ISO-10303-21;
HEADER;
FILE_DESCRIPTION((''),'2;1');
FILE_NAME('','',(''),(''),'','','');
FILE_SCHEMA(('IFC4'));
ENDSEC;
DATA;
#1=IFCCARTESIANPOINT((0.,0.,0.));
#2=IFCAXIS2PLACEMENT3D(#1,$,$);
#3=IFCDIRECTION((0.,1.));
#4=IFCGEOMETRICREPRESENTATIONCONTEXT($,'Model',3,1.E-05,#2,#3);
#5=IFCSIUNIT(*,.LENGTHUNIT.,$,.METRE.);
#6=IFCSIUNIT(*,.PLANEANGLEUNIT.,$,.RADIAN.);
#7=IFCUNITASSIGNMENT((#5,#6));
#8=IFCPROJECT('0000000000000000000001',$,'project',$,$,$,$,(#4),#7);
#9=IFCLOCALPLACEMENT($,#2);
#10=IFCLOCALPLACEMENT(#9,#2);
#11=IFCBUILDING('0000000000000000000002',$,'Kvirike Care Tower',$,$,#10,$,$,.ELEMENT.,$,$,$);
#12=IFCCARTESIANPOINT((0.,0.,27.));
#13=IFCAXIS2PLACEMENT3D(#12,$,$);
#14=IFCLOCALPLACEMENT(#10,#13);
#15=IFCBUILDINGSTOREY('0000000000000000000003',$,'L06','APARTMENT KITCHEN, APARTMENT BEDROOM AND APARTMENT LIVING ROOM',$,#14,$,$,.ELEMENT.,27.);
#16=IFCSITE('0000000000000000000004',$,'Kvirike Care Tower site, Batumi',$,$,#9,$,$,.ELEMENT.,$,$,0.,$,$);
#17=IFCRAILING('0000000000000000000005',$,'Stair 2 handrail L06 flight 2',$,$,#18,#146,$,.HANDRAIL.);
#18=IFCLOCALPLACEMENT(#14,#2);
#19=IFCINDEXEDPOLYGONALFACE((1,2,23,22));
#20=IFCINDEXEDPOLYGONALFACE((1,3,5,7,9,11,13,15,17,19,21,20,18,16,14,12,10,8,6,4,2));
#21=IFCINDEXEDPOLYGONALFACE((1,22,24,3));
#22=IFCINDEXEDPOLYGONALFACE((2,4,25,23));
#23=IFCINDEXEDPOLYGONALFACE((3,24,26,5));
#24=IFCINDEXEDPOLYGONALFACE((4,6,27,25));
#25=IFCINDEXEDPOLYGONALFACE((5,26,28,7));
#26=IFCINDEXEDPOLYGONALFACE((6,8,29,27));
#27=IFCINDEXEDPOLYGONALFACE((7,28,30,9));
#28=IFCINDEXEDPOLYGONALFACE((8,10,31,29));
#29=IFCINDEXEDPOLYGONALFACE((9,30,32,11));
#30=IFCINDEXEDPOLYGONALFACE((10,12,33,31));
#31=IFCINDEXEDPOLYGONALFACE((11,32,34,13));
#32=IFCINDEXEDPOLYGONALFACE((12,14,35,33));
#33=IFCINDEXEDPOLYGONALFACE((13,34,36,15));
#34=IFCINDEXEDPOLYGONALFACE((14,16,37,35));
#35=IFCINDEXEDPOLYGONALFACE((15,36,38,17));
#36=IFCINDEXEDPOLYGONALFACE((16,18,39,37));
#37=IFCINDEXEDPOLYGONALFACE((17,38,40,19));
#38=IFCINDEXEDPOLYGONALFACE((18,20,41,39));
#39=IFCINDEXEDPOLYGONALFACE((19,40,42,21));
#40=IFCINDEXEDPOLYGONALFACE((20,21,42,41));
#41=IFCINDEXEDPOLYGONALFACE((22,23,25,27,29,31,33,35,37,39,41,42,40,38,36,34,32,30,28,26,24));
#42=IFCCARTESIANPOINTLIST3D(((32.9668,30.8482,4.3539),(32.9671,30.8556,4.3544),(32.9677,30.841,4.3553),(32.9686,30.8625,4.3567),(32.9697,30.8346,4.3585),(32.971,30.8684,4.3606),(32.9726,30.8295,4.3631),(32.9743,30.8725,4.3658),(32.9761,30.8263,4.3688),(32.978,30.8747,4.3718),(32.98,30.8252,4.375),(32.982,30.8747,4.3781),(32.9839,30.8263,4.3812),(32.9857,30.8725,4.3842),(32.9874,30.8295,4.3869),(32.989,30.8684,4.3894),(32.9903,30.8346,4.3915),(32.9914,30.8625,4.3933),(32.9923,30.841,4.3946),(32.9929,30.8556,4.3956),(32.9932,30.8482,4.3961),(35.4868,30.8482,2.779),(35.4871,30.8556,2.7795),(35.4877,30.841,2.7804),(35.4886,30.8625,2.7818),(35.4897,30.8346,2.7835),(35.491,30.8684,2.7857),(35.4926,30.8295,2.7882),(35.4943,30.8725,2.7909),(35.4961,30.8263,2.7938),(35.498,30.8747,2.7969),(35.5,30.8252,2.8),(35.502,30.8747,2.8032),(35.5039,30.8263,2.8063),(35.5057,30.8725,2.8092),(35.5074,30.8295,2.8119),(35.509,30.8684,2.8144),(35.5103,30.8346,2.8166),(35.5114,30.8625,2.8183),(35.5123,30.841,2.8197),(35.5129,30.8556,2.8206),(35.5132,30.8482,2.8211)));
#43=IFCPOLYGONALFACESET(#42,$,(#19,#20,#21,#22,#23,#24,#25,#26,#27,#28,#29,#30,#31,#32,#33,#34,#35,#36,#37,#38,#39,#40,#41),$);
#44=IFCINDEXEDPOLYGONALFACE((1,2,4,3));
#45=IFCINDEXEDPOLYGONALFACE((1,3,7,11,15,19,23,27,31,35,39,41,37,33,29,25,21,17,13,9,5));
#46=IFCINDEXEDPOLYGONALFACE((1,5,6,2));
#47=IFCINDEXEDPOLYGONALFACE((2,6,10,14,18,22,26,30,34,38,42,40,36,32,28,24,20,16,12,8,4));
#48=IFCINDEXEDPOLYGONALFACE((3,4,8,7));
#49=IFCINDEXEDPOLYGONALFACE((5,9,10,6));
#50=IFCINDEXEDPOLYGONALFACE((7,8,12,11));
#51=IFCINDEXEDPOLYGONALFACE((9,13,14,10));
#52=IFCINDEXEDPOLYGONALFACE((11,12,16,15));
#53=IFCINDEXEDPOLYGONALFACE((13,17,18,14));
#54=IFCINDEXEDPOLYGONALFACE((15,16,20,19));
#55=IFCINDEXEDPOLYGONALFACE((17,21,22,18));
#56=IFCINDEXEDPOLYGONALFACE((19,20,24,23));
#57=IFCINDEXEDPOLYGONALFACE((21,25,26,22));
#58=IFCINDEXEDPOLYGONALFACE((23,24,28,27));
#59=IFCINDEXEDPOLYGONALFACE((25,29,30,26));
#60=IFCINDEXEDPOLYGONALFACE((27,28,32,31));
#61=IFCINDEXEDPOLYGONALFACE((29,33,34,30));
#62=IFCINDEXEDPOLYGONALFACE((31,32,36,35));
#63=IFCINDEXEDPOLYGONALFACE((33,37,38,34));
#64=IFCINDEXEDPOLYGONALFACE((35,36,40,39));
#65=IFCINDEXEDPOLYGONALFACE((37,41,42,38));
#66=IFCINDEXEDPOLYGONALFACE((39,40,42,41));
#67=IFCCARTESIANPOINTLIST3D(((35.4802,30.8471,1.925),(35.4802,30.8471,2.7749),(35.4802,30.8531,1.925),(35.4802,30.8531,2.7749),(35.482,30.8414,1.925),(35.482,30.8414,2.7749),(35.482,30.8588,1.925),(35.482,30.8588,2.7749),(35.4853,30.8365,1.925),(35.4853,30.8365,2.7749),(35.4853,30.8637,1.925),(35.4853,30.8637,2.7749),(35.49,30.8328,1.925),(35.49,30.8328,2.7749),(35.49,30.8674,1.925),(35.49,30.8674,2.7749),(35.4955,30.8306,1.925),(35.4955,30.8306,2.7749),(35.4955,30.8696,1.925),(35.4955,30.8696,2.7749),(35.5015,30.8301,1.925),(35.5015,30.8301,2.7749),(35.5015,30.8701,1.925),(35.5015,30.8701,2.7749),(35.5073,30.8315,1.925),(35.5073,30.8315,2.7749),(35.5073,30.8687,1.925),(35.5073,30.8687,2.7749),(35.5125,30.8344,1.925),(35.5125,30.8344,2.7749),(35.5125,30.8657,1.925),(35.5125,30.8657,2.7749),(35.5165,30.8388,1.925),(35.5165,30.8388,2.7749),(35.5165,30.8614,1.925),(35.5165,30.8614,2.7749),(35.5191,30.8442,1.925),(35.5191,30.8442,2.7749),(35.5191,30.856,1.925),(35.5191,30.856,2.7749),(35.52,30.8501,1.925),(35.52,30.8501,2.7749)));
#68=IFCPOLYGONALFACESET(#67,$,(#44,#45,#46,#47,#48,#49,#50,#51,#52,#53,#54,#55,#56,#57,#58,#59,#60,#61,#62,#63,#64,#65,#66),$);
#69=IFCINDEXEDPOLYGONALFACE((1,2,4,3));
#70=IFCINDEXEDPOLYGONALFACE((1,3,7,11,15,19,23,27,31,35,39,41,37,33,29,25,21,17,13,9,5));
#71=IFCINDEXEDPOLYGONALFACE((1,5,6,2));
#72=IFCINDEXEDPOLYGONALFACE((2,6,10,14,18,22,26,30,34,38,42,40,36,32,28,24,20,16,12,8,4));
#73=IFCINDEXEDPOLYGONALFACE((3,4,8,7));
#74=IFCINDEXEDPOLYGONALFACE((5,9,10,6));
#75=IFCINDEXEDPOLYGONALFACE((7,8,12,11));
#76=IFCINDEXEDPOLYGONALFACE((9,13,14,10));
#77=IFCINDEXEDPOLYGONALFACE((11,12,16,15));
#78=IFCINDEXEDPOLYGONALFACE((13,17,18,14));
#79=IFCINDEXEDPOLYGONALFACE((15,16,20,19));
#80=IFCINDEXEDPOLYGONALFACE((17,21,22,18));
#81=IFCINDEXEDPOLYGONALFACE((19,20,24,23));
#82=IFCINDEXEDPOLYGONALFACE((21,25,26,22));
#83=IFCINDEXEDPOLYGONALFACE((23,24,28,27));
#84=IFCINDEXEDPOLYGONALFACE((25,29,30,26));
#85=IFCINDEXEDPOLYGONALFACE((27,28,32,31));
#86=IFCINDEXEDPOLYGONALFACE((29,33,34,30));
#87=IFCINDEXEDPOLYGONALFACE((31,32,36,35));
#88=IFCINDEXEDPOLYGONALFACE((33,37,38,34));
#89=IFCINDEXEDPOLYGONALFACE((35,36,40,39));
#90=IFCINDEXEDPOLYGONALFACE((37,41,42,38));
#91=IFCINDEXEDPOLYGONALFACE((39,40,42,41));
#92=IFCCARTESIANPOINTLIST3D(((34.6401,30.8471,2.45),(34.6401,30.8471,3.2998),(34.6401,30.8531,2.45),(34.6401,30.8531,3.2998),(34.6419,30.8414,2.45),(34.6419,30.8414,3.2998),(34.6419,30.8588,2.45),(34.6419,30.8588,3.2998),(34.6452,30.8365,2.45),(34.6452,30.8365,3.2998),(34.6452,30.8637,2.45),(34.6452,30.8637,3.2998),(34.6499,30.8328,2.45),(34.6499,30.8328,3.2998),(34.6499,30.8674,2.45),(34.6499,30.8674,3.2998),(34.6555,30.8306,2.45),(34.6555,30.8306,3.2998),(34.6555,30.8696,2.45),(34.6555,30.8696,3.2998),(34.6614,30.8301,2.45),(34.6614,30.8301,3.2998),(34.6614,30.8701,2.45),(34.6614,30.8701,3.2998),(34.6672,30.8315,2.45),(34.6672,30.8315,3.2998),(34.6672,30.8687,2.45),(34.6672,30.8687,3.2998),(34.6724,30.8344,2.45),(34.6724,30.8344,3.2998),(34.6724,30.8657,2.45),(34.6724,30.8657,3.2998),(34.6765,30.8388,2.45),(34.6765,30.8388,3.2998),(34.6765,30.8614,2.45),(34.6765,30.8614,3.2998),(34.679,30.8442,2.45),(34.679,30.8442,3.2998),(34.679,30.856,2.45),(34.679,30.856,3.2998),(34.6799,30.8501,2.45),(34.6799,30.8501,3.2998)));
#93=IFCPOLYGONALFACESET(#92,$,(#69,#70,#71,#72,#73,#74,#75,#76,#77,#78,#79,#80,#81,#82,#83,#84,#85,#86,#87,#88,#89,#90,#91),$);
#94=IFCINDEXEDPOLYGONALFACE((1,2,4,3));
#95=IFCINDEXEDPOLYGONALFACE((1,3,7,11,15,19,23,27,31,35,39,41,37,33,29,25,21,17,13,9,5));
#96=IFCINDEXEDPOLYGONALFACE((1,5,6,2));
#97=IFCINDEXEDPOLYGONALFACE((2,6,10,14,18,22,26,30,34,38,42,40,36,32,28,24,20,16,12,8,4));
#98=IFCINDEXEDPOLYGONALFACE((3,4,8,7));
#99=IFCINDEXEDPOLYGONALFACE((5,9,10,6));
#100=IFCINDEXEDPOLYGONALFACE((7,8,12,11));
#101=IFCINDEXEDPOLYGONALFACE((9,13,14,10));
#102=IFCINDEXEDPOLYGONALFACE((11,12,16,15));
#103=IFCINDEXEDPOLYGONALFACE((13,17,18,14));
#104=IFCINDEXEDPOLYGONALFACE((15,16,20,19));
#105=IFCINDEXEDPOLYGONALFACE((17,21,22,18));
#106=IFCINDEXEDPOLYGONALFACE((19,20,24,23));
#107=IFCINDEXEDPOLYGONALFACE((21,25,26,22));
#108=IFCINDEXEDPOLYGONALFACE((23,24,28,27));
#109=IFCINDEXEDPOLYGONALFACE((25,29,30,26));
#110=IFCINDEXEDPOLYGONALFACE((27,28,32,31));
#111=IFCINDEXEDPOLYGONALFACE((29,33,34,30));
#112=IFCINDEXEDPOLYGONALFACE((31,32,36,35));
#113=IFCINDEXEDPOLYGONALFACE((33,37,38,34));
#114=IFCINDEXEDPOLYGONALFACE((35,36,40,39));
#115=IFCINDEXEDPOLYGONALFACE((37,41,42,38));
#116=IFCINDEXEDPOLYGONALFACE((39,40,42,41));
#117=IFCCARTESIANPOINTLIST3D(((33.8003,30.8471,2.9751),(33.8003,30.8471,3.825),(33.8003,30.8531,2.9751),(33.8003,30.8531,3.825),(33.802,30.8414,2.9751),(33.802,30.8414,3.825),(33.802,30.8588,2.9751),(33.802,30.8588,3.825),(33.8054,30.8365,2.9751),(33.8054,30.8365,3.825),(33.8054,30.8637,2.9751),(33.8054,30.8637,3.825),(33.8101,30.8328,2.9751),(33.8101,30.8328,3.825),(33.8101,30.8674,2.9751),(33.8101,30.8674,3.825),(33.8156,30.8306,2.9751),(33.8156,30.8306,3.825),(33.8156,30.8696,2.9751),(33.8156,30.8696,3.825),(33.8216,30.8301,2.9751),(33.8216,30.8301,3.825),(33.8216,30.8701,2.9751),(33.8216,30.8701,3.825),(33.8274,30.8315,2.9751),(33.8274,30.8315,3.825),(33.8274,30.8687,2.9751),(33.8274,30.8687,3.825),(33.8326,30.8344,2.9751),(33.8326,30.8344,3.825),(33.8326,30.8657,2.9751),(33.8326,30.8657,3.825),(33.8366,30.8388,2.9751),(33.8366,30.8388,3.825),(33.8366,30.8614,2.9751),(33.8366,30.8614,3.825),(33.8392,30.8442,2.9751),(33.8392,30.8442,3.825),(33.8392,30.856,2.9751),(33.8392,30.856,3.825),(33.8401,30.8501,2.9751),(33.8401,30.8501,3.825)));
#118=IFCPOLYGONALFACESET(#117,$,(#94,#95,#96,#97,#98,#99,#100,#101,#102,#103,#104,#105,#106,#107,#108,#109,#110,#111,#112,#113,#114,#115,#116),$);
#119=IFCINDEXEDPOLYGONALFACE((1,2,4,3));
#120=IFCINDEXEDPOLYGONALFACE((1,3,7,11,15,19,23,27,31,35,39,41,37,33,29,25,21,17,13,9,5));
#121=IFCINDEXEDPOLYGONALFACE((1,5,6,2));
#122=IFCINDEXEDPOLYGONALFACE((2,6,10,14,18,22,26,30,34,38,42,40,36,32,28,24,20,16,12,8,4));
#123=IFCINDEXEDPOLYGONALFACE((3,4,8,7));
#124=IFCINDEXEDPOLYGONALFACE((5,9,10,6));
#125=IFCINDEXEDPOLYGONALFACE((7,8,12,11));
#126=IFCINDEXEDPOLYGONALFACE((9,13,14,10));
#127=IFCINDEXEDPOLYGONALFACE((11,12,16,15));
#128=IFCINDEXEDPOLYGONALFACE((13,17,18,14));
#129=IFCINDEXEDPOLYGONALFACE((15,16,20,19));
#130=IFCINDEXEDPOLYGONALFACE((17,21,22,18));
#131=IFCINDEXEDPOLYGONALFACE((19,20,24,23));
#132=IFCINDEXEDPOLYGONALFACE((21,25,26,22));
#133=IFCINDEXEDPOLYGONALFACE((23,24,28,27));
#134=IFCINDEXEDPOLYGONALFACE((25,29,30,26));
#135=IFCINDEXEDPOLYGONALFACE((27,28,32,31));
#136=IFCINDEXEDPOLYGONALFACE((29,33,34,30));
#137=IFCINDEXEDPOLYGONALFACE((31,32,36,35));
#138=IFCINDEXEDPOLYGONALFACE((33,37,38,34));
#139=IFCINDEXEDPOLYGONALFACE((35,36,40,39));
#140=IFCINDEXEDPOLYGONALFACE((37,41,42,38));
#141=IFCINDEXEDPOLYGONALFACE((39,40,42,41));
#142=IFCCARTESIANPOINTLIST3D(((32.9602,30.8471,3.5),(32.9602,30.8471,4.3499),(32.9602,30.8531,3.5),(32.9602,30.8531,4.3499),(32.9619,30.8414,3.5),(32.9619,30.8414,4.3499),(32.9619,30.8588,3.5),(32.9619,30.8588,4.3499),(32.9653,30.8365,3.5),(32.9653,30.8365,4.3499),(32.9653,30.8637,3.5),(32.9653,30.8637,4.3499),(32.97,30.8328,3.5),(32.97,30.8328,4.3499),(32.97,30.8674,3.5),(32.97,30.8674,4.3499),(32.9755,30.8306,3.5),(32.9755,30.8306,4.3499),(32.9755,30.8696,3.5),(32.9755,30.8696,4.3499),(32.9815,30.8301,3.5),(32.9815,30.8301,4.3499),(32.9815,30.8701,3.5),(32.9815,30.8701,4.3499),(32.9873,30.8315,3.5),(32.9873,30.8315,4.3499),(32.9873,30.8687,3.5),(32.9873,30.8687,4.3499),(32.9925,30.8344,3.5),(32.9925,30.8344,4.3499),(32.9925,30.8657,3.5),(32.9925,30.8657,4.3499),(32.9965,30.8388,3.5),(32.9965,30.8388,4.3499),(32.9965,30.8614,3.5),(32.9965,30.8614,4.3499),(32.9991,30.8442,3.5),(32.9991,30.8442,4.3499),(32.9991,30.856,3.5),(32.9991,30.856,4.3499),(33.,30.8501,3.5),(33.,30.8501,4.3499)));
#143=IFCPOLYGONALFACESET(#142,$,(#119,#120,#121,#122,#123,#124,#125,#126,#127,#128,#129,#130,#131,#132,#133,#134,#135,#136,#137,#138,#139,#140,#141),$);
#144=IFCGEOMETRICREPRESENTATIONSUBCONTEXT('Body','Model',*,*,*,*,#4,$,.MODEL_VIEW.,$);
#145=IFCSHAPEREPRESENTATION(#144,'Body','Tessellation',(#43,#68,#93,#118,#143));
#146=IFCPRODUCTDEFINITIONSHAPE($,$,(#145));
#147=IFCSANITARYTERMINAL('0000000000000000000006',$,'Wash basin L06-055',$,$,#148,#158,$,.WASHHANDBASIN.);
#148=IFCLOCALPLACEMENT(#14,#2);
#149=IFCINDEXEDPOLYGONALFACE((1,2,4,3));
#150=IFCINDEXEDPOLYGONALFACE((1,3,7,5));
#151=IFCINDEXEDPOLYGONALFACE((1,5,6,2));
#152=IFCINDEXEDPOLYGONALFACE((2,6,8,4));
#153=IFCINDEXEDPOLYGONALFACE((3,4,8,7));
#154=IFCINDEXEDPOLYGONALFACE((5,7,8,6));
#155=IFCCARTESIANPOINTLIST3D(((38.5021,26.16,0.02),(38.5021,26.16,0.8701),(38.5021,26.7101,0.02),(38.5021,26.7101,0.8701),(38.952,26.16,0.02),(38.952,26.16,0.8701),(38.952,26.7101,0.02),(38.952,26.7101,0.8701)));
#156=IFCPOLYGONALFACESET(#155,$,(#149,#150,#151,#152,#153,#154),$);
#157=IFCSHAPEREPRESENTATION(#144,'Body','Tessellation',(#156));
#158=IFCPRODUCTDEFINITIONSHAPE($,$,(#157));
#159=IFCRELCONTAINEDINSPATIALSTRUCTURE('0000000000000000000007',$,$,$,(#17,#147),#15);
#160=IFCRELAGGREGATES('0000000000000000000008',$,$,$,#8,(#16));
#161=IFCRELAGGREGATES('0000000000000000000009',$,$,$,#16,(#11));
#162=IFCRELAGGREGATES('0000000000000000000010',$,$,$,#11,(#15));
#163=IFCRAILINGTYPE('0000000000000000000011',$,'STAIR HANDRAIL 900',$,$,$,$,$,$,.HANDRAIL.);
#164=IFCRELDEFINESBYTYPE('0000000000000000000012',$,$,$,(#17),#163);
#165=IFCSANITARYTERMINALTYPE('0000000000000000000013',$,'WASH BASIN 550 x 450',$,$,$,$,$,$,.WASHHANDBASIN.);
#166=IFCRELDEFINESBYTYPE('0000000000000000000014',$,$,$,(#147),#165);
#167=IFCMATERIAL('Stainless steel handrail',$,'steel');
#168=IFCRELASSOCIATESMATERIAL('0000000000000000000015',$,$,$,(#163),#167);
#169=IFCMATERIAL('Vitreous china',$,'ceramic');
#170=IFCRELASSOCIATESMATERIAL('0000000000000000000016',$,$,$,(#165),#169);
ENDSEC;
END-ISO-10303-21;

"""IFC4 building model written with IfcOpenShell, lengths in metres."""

from ifc_helpers import new_model, si_unit, direction, frame, origin, origin_2d, place, context, subcontext, project, spatial, rectangle, circle, extrude, material, type_object, element, save


model = new_model("IFC4")

# Units and contexts
model_context = context("Model", 3, precision=1e-05, world=origin(), true_north=direction((0.0, 1.0)))
body_context = subcontext(model_context, "Body", "Model", "MODEL_VIEW")
ifc_project = project(units=[si_unit("LENGTHUNIT", "METRE"), si_unit("PLANEANGLEUNIT", "RADIAN")], contexts=[model_context])

# Site, building, storey
site_placement = place(None, origin())
site = spatial("IfcSite", under=ifc_project, at=site_placement, Name="Kvirike Care Tower site, Batumi", CompositionType="ELEMENT", RefElevation=0.0)
building_placement = place(site_placement, origin())
building = spatial("IfcBuilding", under=site, at=building_placement, Name="Kvirike Care Tower", CompositionType="ELEMENT")
storey_placement = place(building_placement, frame((0.0, 0.0, 27.0)))
storey = spatial("IfcBuildingStorey", under=building, at=storey_placement, Name="L06", Description="APARTMENT KITCHEN, APARTMENT BEDROOM AND APARTMENT LIVING ROOM", CompositionType="ELEMENT", Elevation=27.0)

# Railing
ifc_material_1 = material(Name="Stainless steel handrail", Category="steel")
railing_type = type_object("IfcRailingType", Name="STAIR HANDRAIL 900", PredefinedType="HANDRAIL", material=ifc_material_1)
railing_placement = place(storey_placement, frame((35.5, 30.8501, 1.925)))
element("IfcRailing", 1, at=railing_placement, inside=storey, type_object=railing_type, Name="Stair 2 handrail L06 flight 2", PredefinedType="HANDRAIL", context=body_context, shape_type="SweptSolid", body=[
    extrude(circle(Radius=0.0249, at=origin_2d()), frame((0.0, 0.0, 0.875), z_axis=(-0.848008, 0.0, 0.529984), x_axis=(0.0, -1.0, 0.0)), (0.0, 0.0, 1.0), 2.9717),
    extrude(circle(Radius=0.02, at=origin_2d()), origin(), (0.0, 0.0, 1.0), 0.8499),
    extrude(circle(Radius=0.02, at=origin_2d()), frame((-0.8401, 0.0, 0.5249)), (0.0, 0.0, 1.0), 0.8499),
    extrude(circle(Radius=0.02, at=origin_2d()), frame((-1.6799, 0.0, 1.05)), (0.0, 0.0, 1.0), 0.8499),
    extrude(circle(Radius=0.02, at=origin_2d()), frame((-2.52, 0.0, 1.575)), (0.0, 0.0, 1.0), 0.8499),
])

# Sanitary terminal
ifc_material_2 = material(Name="Vitreous china", Category="ceramic")
sanitary_terminal_type = type_object("IfcSanitaryTerminalType", Name="WASH BASIN 550 x 450", PredefinedType="WASHHANDBASIN", material=ifc_material_2)
sanitary_terminal_placement = place(storey_placement, frame((38.7271, 26.4351, 0.02), z_axis=(0.0, 0.0, 1.0), x_axis=(0.0, 1.0, 0.0)))
element("IfcSanitaryTerminal", 2, at=sanitary_terminal_placement, inside=storey, type_object=sanitary_terminal_type, Name="Wash basin L06-055", PredefinedType="WASHHANDBASIN", context=body_context, shape_type="SweptSolid", body=[
    extrude(rectangle(XDim=0.55, YDim=0.45, at=origin_2d()), origin(), (0.0, 0.0, 1.0), 0.8501),
])

save(model, "model.ifc")
